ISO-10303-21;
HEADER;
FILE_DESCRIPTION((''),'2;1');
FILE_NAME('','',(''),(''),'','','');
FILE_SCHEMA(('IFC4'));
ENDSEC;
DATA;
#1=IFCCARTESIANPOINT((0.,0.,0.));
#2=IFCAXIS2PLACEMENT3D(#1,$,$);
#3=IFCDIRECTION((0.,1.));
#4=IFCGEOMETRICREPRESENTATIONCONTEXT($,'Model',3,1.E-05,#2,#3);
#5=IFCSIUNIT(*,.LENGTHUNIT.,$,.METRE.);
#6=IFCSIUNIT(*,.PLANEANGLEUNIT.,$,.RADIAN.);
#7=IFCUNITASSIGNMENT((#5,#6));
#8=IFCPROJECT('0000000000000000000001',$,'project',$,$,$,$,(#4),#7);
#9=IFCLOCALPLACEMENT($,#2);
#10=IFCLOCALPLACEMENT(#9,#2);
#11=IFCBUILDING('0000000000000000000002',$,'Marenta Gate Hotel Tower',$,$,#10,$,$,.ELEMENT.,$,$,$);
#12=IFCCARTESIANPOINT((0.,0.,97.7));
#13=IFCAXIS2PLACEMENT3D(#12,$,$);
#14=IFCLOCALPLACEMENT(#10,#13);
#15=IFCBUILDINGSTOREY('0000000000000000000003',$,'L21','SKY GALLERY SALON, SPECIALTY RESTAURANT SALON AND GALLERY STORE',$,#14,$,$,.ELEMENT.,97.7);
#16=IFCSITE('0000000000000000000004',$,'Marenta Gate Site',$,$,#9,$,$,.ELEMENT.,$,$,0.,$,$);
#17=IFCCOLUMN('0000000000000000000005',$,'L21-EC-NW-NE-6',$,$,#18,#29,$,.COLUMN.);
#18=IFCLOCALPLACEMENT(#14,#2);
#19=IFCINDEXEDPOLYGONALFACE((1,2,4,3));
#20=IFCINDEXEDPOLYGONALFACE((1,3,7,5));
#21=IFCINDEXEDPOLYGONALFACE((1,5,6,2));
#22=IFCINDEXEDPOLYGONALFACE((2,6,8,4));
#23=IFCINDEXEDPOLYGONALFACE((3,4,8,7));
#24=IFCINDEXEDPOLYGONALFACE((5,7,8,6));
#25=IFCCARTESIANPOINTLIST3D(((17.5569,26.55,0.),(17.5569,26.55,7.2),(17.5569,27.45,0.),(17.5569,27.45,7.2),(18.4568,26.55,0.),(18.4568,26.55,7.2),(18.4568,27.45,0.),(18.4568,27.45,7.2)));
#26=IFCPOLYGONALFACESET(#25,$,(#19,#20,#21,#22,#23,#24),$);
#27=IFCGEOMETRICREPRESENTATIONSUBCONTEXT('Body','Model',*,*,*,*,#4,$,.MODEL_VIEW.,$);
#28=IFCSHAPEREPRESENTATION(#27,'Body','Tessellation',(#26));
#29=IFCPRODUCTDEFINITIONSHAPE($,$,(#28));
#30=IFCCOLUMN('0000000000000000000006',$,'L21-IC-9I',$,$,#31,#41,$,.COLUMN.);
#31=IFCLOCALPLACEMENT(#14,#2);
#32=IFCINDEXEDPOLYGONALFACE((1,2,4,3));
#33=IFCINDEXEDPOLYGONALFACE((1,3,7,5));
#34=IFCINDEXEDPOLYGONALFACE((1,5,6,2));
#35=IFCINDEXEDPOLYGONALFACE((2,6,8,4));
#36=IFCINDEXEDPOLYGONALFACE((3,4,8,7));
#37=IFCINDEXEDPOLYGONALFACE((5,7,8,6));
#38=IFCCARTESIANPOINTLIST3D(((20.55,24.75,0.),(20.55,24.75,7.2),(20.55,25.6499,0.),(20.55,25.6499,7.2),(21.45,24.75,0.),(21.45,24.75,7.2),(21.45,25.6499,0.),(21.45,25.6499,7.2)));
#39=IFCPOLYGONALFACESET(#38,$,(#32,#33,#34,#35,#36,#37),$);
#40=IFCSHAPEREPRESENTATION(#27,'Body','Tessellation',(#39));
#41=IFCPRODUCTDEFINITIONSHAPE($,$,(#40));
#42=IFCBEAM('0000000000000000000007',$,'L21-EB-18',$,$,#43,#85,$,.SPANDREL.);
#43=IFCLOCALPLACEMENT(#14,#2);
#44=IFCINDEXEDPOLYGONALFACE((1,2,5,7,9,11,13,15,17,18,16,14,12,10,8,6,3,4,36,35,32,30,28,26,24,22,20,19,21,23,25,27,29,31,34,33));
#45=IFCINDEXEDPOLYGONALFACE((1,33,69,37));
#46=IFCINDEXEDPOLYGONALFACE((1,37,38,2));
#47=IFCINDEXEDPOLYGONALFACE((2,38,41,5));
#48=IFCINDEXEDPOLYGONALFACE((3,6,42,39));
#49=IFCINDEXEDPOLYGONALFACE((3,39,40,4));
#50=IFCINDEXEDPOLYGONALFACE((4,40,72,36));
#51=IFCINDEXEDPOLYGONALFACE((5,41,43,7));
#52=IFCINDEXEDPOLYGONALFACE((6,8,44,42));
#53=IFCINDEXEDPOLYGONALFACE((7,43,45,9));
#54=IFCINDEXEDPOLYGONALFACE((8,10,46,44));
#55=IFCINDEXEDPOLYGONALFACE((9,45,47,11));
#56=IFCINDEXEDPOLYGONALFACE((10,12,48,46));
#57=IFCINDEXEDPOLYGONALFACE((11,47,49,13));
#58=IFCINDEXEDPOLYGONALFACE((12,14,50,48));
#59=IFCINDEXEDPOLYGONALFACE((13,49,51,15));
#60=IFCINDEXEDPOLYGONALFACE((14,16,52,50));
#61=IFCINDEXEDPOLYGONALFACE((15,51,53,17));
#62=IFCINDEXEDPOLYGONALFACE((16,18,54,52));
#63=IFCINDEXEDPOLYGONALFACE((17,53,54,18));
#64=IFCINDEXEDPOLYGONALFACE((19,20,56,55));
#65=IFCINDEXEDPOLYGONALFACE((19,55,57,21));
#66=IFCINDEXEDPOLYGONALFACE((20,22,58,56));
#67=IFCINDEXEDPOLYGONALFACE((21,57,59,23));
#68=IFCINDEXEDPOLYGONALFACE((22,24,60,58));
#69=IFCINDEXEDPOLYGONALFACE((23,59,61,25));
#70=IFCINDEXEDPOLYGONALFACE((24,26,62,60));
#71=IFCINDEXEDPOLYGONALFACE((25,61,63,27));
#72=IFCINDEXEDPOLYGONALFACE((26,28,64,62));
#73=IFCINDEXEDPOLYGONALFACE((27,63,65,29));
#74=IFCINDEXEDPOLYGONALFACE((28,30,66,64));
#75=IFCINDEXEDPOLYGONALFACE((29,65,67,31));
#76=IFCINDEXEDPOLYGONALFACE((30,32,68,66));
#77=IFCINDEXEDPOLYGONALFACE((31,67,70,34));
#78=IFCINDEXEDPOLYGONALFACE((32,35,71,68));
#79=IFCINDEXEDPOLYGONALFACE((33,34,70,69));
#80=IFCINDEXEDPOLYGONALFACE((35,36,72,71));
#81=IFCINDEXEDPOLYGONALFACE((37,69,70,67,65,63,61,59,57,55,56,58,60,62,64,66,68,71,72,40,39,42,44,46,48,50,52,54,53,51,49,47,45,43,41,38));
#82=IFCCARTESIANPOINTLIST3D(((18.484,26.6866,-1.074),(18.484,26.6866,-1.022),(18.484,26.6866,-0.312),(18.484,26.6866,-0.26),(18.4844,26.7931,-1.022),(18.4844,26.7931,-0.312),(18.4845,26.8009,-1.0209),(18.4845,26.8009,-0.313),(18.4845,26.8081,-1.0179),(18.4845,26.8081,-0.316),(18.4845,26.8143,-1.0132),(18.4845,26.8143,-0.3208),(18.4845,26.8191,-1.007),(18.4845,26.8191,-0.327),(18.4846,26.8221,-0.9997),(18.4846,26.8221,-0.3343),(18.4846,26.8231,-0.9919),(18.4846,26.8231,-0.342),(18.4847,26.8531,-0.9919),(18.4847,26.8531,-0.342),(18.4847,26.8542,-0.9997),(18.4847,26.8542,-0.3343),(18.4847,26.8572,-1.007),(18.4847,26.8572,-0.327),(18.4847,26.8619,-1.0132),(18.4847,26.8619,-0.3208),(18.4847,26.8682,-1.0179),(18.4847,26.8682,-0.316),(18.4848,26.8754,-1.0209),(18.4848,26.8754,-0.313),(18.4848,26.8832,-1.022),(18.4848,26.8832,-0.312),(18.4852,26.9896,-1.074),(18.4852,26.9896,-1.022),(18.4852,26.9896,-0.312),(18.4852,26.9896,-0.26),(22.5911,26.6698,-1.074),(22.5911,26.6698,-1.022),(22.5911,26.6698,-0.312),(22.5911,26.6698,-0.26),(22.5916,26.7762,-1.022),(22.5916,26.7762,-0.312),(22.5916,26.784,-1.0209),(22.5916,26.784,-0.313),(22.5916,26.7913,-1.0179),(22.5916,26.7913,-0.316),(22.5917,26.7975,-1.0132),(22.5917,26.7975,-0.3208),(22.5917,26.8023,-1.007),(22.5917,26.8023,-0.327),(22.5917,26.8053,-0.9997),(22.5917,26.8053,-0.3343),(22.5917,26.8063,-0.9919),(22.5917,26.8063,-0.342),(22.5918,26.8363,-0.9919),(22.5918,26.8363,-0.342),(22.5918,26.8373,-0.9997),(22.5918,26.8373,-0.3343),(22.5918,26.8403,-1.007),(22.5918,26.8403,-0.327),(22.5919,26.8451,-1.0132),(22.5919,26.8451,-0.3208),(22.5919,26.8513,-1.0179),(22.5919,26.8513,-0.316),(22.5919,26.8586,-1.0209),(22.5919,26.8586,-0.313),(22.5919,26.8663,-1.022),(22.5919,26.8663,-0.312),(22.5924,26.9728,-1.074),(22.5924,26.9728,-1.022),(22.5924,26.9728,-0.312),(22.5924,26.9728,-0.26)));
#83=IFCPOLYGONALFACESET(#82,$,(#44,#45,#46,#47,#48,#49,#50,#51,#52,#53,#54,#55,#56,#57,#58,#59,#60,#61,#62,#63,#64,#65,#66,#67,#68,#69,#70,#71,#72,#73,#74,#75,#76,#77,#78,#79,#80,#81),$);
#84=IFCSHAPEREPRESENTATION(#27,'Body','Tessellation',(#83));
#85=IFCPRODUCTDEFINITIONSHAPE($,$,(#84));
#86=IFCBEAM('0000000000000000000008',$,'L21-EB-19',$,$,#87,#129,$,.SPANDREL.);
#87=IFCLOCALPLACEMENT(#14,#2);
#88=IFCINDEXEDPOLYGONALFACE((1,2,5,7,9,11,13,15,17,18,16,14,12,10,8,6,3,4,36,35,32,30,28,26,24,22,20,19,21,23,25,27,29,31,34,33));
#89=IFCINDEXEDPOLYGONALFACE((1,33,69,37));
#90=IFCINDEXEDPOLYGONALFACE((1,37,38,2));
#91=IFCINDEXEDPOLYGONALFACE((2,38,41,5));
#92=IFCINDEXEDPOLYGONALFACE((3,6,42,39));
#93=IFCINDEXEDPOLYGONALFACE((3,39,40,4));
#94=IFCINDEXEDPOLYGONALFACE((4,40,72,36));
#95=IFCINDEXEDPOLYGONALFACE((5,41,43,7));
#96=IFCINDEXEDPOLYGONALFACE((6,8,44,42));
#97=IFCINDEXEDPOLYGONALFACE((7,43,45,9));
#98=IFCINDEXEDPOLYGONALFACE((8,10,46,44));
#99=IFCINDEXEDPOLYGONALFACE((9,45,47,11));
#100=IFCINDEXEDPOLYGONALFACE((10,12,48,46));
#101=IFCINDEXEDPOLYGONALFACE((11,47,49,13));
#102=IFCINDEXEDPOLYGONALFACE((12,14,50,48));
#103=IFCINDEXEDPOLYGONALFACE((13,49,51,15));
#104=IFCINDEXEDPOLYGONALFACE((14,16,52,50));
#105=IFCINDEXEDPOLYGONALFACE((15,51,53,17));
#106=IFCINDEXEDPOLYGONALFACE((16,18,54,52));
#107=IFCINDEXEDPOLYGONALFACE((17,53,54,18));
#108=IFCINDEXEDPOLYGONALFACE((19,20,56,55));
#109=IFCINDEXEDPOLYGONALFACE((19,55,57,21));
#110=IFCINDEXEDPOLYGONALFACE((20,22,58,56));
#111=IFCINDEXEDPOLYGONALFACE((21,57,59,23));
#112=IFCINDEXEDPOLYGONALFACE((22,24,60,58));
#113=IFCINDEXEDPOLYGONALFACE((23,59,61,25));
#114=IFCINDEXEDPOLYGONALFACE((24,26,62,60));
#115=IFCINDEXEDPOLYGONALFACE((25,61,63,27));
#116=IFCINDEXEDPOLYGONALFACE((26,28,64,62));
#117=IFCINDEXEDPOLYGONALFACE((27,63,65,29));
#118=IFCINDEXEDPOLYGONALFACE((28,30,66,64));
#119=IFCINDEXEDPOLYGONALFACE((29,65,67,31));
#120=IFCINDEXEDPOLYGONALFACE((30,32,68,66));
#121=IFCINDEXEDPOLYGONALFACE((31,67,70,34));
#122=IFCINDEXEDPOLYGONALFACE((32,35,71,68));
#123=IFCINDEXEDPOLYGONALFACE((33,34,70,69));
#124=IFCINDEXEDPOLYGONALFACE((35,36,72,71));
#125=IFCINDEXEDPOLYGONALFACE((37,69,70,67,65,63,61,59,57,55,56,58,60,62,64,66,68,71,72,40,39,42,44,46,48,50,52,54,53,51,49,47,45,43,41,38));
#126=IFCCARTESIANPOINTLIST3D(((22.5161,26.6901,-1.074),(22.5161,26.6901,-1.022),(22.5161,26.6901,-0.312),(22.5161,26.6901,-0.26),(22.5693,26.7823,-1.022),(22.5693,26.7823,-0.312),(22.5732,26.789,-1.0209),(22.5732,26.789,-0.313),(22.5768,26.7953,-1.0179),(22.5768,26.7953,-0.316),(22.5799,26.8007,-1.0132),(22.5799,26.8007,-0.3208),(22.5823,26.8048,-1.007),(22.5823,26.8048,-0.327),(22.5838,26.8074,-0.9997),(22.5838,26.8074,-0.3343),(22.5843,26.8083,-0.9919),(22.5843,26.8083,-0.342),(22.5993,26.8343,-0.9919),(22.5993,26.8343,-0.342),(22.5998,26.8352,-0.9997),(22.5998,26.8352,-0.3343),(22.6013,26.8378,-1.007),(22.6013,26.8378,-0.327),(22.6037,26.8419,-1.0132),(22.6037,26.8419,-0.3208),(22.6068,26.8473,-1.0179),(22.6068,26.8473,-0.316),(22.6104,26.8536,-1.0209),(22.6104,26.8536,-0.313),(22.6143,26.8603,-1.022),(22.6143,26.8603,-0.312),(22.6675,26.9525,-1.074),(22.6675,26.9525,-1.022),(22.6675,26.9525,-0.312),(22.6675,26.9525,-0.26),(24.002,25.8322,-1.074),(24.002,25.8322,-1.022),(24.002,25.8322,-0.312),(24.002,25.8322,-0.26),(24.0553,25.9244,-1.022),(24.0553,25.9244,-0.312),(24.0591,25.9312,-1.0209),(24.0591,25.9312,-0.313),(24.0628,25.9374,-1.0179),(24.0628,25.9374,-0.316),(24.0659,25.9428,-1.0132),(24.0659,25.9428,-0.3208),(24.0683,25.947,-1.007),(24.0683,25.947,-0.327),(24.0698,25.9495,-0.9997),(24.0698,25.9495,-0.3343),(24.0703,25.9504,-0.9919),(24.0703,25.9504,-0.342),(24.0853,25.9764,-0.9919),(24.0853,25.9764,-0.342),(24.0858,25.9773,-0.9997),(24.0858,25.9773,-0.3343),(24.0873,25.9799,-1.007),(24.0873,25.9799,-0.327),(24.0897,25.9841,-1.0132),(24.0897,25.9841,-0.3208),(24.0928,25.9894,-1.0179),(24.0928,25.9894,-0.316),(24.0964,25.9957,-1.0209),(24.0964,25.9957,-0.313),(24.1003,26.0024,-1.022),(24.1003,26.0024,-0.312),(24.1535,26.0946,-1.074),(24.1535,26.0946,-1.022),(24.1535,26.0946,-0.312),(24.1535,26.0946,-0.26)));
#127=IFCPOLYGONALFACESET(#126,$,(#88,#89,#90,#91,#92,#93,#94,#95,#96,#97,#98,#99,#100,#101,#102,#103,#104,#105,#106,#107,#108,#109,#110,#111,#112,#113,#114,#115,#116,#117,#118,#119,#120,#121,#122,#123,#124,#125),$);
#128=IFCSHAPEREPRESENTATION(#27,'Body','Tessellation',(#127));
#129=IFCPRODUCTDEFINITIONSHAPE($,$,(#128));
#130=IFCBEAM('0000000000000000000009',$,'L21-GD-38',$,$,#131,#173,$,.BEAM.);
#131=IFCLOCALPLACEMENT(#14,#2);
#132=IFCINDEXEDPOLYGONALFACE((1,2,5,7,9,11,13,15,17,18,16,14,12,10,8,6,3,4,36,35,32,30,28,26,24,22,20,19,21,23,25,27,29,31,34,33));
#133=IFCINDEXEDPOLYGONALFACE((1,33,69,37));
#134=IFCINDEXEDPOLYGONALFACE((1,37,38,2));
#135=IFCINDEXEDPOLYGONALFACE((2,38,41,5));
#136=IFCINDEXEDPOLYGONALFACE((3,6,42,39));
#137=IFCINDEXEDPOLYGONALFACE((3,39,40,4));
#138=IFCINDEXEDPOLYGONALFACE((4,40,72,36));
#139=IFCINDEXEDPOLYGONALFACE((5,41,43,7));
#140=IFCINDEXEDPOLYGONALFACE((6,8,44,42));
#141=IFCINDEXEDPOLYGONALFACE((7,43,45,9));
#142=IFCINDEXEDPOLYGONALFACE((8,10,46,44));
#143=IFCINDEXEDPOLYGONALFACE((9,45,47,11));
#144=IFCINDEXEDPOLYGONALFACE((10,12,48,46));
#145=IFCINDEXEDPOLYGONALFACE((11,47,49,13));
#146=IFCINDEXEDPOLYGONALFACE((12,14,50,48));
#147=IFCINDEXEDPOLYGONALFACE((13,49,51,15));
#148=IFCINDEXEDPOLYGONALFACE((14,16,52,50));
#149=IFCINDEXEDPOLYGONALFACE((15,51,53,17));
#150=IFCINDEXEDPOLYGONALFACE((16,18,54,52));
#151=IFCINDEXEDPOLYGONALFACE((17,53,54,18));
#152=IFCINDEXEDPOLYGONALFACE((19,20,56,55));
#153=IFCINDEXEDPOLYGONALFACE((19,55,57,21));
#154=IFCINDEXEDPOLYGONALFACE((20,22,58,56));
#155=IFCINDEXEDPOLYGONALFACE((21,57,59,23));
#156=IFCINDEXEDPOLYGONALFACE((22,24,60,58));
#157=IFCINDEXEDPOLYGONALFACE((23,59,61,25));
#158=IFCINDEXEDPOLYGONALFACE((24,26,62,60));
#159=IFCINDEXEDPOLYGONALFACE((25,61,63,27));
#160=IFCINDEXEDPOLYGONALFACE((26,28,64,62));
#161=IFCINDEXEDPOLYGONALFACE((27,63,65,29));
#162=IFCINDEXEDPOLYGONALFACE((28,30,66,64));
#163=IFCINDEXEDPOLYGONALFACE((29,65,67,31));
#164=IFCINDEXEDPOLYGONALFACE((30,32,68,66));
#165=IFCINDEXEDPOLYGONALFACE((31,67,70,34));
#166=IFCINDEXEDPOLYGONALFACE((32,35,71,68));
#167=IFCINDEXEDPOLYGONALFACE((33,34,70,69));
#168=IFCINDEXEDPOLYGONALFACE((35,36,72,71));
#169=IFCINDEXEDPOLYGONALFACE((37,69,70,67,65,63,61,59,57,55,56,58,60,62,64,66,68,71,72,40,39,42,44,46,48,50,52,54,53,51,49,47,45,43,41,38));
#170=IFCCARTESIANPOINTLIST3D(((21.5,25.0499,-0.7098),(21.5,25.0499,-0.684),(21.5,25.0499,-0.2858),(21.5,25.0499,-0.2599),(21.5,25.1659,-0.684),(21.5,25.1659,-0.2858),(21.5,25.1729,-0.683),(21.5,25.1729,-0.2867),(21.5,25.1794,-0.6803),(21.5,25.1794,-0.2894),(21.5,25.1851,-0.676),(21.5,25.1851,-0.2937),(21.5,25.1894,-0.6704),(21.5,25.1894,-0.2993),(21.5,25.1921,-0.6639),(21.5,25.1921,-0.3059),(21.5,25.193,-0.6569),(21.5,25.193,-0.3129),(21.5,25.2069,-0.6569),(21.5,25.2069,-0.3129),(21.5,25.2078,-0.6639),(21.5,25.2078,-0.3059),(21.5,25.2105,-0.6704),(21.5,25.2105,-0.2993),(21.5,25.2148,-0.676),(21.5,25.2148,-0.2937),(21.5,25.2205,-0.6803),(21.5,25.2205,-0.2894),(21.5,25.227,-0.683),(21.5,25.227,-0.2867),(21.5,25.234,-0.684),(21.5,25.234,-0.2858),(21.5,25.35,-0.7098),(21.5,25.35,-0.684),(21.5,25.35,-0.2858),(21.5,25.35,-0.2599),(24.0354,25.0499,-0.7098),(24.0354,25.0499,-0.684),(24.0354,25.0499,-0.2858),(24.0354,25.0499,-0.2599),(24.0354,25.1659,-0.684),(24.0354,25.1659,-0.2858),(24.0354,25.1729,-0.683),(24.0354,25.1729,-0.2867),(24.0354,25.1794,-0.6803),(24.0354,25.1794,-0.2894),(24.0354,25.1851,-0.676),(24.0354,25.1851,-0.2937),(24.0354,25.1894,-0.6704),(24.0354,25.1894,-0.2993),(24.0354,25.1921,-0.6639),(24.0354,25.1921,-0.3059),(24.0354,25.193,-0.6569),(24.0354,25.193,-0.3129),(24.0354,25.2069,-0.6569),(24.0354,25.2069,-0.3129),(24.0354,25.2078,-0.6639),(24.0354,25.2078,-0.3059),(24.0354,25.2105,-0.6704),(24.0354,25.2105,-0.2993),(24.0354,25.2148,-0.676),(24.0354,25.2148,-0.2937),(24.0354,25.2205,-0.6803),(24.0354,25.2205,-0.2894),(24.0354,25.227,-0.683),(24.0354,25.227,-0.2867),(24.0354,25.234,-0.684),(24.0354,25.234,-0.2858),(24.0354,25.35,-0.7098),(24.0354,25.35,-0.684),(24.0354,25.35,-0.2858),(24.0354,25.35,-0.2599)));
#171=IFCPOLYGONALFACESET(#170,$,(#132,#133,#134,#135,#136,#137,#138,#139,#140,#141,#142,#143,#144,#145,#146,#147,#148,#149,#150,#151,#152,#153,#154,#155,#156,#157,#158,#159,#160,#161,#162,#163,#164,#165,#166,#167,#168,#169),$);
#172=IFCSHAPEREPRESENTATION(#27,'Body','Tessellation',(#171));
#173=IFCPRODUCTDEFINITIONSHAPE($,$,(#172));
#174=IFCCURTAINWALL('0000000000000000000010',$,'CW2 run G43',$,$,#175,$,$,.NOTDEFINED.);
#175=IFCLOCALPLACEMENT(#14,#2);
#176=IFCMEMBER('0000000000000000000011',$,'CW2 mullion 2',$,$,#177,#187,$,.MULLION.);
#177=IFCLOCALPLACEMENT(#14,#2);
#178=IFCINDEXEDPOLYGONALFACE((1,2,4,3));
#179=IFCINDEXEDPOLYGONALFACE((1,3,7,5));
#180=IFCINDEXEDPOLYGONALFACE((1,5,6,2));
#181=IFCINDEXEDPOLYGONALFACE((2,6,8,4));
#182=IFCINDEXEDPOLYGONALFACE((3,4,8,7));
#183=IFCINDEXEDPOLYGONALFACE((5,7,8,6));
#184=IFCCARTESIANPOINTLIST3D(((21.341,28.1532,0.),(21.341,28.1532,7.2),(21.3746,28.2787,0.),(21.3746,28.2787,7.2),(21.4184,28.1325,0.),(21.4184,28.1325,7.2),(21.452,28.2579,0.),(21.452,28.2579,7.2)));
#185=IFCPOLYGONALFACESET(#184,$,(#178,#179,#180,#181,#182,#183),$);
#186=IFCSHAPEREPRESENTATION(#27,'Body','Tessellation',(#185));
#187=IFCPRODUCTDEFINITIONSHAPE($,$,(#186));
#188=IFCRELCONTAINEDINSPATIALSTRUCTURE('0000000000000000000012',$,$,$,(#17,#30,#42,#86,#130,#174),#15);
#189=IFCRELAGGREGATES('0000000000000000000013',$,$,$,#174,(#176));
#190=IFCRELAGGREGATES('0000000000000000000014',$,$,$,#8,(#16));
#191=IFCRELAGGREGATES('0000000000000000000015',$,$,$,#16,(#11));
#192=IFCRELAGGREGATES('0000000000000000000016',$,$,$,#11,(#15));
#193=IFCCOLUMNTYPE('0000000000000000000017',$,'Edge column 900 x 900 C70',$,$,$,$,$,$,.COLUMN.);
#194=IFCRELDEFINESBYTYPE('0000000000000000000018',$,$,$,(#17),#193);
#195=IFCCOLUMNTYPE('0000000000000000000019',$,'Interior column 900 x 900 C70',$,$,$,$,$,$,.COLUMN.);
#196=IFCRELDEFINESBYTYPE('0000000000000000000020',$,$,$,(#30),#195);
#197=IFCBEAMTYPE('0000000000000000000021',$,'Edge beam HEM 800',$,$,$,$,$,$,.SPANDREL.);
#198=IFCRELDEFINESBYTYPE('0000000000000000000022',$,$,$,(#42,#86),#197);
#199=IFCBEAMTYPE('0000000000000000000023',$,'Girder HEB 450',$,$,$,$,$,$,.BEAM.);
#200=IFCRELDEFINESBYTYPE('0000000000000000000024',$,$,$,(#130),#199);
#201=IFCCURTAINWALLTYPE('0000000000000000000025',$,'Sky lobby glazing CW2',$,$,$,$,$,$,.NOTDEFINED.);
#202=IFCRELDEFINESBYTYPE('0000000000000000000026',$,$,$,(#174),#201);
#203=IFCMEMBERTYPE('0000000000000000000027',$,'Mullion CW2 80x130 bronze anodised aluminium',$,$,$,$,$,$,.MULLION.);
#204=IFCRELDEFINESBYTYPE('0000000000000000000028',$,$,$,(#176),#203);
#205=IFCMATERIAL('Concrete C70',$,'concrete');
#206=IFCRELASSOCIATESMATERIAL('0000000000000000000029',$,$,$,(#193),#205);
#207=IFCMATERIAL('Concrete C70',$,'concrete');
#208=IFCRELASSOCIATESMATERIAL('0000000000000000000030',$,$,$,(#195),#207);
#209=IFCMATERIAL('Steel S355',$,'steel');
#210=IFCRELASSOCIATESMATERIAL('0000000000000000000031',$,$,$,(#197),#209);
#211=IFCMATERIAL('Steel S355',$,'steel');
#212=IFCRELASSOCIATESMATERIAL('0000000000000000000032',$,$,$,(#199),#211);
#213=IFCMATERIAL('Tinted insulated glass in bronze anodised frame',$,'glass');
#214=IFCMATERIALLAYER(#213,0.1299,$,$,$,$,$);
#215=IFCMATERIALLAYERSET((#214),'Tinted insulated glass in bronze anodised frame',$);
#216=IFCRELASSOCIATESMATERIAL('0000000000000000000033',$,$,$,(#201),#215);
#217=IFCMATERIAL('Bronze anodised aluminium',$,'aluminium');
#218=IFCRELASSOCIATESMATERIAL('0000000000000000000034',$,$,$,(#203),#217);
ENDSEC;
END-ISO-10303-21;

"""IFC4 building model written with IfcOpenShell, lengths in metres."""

from ifc_helpers import new_model, si_unit, direction, frame, origin, origin_2d, place, context, subcontext, project, spatial, rectangle, i_section, extrude, material, layer, layer_set, material_profile, profile_set, type_object, element, aggregate, save


model = new_model("IFC4")

# Units and contexts
model_context = context("Model", 3, precision=1e-05, world=origin(), true_north=direction((0.0, 1.0)))
body_context = subcontext(model_context, "Body", "Model", "MODEL_VIEW")
ifc_project = project(units=[si_unit("LENGTHUNIT", "METRE"), si_unit("PLANEANGLEUNIT", "RADIAN")], contexts=[model_context])

# Site, building, storey
site_placement = place(None, origin())
site = spatial("IfcSite", under=ifc_project, at=site_placement, Name="Marenta Gate Site", CompositionType="ELEMENT", RefElevation=0.0)
building_placement = place(site_placement, origin())
building = spatial("IfcBuilding", under=site, at=building_placement, Name="Marenta Gate Hotel Tower", CompositionType="ELEMENT")
storey_placement = place(building_placement, frame((0.0, 0.0, 97.7)))
storey = spatial("IfcBuildingStorey", under=building, at=storey_placement, Name="L21", Description="SKY GALLERY SALON, SPECIALTY RESTAURANT SALON AND GALLERY STORE", CompositionType="ELEMENT", Elevation=97.7)

# Columns
ifc_material_1 = material(Name="Concrete C70", Category="concrete")
ifc_material_profile_1 = material_profile(ifc_material_1, rectangle(XDim=0.8999, YDim=0.8999, at=origin_2d()), Name="900 x 900")
ifc_profile_set_1 = profile_set([ifc_material_profile_1], Name="Concrete C70")
column_type_1 = type_object("IfcColumnType", Name="Edge column 900 x 900 C70", PredefinedType="COLUMN", material=ifc_profile_set_1)
column_1_placement = place(storey_placement, frame((18.0068, 27.0, 0.0), z_axis=(0.0, 0.0, 1.0), x_axis=(1.0, 0.0, 0.0)))
element("IfcColumn", 1, at=column_1_placement, inside=storey, type_object=column_type_1, Name="L21-EC-NW-NE-6", PredefinedType="COLUMN", context=body_context, shape_type="SweptSolid", body=[
    extrude(rectangle(XDim=0.8999, YDim=0.8999, at=origin_2d()), origin(), (0.0, 0.0, 1.0), 7.2),
])
ifc_material_2 = material(Name="Concrete C70", Category="concrete")
ifc_material_profile_2 = material_profile(ifc_material_2, rectangle(XDim=0.8999, YDim=0.8999, at=origin_2d()), Name="900 x 900")
ifc_profile_set_2 = profile_set([ifc_material_profile_2], Name="Concrete C70")
column_type_2 = type_object("IfcColumnType", Name="Interior column 900 x 900 C70", PredefinedType="COLUMN", material=ifc_profile_set_2)
column_2_placement = place(storey_placement, frame((21.0, 25.2, 0.0), z_axis=(0.0, 0.0, 1.0), x_axis=(1.0, 0.0, 0.0)))
element("IfcColumn", 2, at=column_2_placement, inside=storey, type_object=column_type_2, Name="L21-IC-9I", PredefinedType="COLUMN", context=body_context, shape_type="SweptSolid", body=[
    extrude(rectangle(XDim=0.8999, YDim=0.8999, at=origin_2d()), origin(), (0.0, 0.0, 1.0), 7.2),
])

# Beams
ifc_material_3 = material(Name="Steel S355", Category="steel")
ifc_material_profile_3 = material_profile(ifc_material_3, i_section(OverallWidth=0.303, OverallDepth=0.814, WebThickness=0.03, FlangeThickness=0.052, FilletRadius=0.03, at=origin_2d()), Name="HEM 800")
ifc_profile_set_3 = profile_set([ifc_material_profile_3], Name="Steel S355")
beam_type_1 = type_object("IfcBeamType", Name="Edge beam HEM 800", PredefinedType="SPANDREL", material=ifc_profile_set_3)
beam_1_placement = place(storey_placement, frame((18.4846, 26.8381, -0.667), z_axis=(0.999992, -0.004101, 0.0), x_axis=(0.004101, 0.999992, 0.0)))
element("IfcBeam", 3, at=beam_1_placement, inside=storey, type_object=beam_type_1, Name="L21-EB-18", PredefinedType="SPANDREL", context=body_context, shape_type="SweptSolid", body=[
    extrude(i_section(OverallWidth=0.303, OverallDepth=0.814, WebThickness=0.03, FlangeThickness=0.052, FilletRadius=0.03, at=origin_2d()), origin(), (0.0, 0.0, 1.0), 4.1072),
])
beam_2_placement = place(storey_placement, frame((22.5918, 26.8213, -0.667), z_axis=(0.866046, -0.499965, 0.0), x_axis=(0.499965, 0.866046, 0.0)))
element("IfcBeam", 4, at=beam_2_placement, inside=storey, type_object=beam_type_1, Name="L21-EB-19", PredefinedType="SPANDREL", context=body_context, shape_type="SweptSolid", body=[
    extrude(i_section(OverallWidth=0.303, OverallDepth=0.814, WebThickness=0.03, FlangeThickness=0.052, FilletRadius=0.03, at=origin_2d()), origin(), (0.0, 0.0, 1.0), 1.7158),
])
ifc_material_4 = material(Name="Steel S355", Category="steel")
ifc_material_profile_4 = material_profile(ifc_material_4, i_section(OverallWidth=0.3, OverallDepth=0.45, WebThickness=0.0139, FlangeThickness=0.0259, FilletRadius=0.0271, at=origin_2d()), Name="HEB 450")
ifc_profile_set_4 = profile_set([ifc_material_profile_4], Name="Steel S355")
beam_type_2 = type_object("IfcBeamType", Name="Girder HEB 450", PredefinedType="BEAM", material=ifc_profile_set_4)
beam_3_placement = place(storey_placement, frame((21.5, 25.2, -0.4849), z_axis=(1.0, 0.0, 0.0), x_axis=(0.0, 1.0, 0.0)))
element("IfcBeam", 5, at=beam_3_placement, inside=storey, type_object=beam_type_2, Name="L21-GD-38", PredefinedType="BEAM", context=body_context, shape_type="SweptSolid", body=[
    extrude(i_section(OverallWidth=0.3, OverallDepth=0.45, WebThickness=0.0139, FlangeThickness=0.0259, FilletRadius=0.0271, at=origin_2d()), origin(), (0.0, 0.0, 1.0), 2.5354),
])

# Curtain wall, member
ifc_material_5 = material(Name="Tinted insulated glass in bronze anodised frame", Category="glass")
ifc_layer_1 = layer(ifc_material_5, 0.1299)
ifc_layer_set_1 = layer_set([ifc_layer_1], Name="Tinted insulated glass in bronze anodised frame")
curtain_wall_type = type_object("IfcCurtainWallType", Name="Sky lobby glazing CW2", PredefinedType="NOTDEFINED", material=ifc_layer_set_1)
curtain_wall_placement = place(storey_placement, origin())
curtain_wall = element("IfcCurtainWall", 6, at=curtain_wall_placement, inside=storey, type_object=curtain_wall_type, Name="CW2 run G43", PredefinedType="NOTDEFINED")
ifc_material_6 = material(Name="Bronze anodised aluminium", Category="aluminium")
ifc_material_profile_5 = material_profile(ifc_material_6, rectangle(XDim=0.1299, YDim=0.0801, at=origin_2d()), Name="Mullion CW2 80x130 bronze anodised aluminium")
ifc_profile_set_5 = profile_set([ifc_material_profile_5], Name="Bronze anodised aluminium")
member_type = type_object("IfcMemberType", Name="Mullion CW2 80x130 bronze anodised aluminium", PredefinedType="MULLION", material=ifc_profile_set_5)
member_placement = place(storey_placement, frame((21.3965, 28.2056, 0.0), z_axis=(0.0, 0.0, 1.0), x_axis=(-0.258793, -0.965933, 0.0)))
member = element("IfcMember", 7, at=member_placement, type_object=member_type, Name="CW2 mullion 2", PredefinedType="MULLION", context=body_context, shape_type="SweptSolid", body=[
    extrude(rectangle(XDim=0.1299, YDim=0.0801, at=origin_2d()), origin(), (0.0, 0.0, 1.0), 7.2),
])
aggregate(curtain_wall, [member])

save(model, "model.ifc")
